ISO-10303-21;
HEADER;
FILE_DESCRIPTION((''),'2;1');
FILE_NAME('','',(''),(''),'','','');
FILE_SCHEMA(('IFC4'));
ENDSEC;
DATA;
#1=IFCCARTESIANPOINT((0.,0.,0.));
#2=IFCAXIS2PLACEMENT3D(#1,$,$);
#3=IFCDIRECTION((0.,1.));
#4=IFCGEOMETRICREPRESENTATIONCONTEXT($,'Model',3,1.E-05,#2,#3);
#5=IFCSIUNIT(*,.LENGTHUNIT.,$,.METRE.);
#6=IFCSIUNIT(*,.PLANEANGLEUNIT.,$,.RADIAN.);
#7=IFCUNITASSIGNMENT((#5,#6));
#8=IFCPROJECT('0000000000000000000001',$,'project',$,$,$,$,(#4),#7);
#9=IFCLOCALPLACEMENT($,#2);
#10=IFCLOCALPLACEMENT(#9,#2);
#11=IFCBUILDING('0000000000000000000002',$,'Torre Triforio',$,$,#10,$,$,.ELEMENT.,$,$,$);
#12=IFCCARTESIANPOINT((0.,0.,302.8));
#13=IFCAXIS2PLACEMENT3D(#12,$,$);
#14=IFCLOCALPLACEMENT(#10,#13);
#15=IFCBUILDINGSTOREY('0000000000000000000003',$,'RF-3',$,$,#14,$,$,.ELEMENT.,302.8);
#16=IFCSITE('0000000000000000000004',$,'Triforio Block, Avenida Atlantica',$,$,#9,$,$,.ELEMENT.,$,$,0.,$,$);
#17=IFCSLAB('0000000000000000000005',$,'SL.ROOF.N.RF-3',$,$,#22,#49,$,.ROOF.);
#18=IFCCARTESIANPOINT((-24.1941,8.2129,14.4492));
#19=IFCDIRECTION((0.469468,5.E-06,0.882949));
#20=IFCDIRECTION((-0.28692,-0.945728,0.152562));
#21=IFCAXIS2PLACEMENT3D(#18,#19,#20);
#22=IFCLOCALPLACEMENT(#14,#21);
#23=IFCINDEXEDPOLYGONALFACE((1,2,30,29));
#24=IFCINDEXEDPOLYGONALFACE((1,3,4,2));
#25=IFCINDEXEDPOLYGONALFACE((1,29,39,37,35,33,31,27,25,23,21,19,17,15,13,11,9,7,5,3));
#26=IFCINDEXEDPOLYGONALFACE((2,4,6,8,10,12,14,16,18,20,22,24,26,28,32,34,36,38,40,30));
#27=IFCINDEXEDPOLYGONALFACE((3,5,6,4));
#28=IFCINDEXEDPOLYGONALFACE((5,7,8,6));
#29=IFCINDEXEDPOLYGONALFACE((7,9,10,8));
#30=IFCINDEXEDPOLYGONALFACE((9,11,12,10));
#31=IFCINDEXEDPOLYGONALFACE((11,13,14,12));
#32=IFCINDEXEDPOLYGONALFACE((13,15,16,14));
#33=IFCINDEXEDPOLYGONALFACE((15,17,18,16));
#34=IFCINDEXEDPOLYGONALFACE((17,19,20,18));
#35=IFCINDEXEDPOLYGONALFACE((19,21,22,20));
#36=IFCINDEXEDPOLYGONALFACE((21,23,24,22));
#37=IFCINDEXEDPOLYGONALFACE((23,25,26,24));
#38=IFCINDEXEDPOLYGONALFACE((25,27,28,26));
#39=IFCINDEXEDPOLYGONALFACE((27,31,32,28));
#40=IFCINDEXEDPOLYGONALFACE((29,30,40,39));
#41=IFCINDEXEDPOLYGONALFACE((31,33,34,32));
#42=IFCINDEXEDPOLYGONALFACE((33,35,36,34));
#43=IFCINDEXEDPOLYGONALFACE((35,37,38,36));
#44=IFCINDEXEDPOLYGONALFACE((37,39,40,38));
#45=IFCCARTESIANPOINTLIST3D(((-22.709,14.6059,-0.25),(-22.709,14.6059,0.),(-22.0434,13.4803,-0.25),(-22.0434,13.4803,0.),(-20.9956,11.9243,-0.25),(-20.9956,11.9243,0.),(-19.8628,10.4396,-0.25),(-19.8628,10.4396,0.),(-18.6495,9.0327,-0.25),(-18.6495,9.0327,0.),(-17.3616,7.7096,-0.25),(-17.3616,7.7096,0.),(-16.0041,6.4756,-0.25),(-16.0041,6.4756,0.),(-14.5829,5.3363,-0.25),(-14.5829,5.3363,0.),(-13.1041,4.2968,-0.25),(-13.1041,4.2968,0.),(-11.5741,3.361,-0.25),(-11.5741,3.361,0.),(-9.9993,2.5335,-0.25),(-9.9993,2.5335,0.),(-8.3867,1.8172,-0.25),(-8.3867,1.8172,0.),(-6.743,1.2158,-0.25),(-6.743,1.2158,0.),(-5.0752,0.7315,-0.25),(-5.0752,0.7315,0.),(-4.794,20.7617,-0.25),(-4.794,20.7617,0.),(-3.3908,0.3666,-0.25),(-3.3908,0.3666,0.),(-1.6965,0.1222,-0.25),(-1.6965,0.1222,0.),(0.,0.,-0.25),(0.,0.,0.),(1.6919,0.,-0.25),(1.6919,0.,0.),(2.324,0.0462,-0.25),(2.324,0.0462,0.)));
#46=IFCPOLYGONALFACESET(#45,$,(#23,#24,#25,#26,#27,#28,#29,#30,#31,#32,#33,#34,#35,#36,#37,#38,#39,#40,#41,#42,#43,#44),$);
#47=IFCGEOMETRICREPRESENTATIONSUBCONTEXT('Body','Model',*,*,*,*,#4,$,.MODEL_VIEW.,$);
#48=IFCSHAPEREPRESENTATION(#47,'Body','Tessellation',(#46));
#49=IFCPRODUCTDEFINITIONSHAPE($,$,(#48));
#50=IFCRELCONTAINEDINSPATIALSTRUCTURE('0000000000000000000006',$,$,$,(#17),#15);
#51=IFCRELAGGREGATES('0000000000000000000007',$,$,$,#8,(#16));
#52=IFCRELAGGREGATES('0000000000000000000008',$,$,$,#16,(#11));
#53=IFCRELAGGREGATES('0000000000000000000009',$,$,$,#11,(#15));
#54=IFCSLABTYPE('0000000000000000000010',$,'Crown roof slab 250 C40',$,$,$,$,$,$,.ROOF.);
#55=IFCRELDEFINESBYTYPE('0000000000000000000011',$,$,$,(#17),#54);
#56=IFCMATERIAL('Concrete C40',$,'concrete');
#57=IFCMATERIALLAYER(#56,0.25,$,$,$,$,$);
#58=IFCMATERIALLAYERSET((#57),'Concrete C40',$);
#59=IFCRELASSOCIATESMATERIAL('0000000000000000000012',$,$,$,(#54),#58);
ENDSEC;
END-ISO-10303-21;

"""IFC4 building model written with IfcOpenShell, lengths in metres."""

from ifc_helpers import new_model, si_unit, direction, frame, origin, place, context, subcontext, project, spatial, polyline, outline, extrude, material, layer, layer_set, type_object, element, save


model = new_model("IFC4")

# Units and contexts
model_context = context("Model", 3, precision=1e-05, world=origin(), true_north=direction((0.0, 1.0)))
body_context = subcontext(model_context, "Body", "Model", "MODEL_VIEW")
ifc_project = project(units=[si_unit("LENGTHUNIT", "METRE"), si_unit("PLANEANGLEUNIT", "RADIAN")], contexts=[model_context])

# Site, building, storey
site_placement = place(None, origin())
site = spatial("IfcSite", under=ifc_project, at=site_placement, Name="Triforio Block, Avenida Atlantica", CompositionType="ELEMENT", RefElevation=0.0)
building_placement = place(site_placement, origin())
building = spatial("IfcBuilding", under=site, at=building_placement, Name="Torre Triforio", CompositionType="ELEMENT")
storey_placement = place(building_placement, frame((0.0, 0.0, 302.8)))
storey = spatial("IfcBuildingStorey", under=building, at=storey_placement, Name="RF-3", CompositionType="ELEMENT", Elevation=302.8)

# Shared definitions
ifc_material_1 = material(Name="Concrete C40", Category="concrete")

# Slab
ifc_layer_1 = layer(ifc_material_1, 0.25)
ifc_layer_set_1 = layer_set([ifc_layer_1], Name="Concrete C40")
slab_type_1 = type_object("IfcSlabType", Name="Crown roof slab 250 C40", PredefinedType="ROOF", material=ifc_layer_set_1)
slab_1_placement = place(storey_placement, frame((-24.1941, 8.2129, 14.4492), z_axis=(0.469468, 0.000005, 0.882949), x_axis=(-0.28692, -0.945728, 0.152562)))
element("IfcSlab", 1, at=slab_1_placement, inside=storey, type_object=slab_type_1, Name="SL.ROOF.N.RF-3", PredefinedType="ROOF", context=body_context, shape_type="SweptSolid", body=[
    extrude(outline(polyline([(0.0, 0.0), (1.6919, 0.0), (2.324, 0.0462), (-4.794, 20.7617), (-22.709, 14.6059), (-22.0434, 13.4803), (-20.9956, 11.9243), (-19.8628, 10.4396), (-18.6495, 9.0327), (-17.3616, 7.7096), (-16.0041, 6.4756), (-14.5829, 5.3363), (-13.1041, 4.2968), (-11.5741, 3.361), (-9.9993, 2.5335), (-8.3867, 1.8172), (-6.743, 1.2158), (-5.0752, 0.7315), (-3.3908, 0.3666), (-1.6965, 0.1222), (0.0, 0.0)])), origin(), (0.0, 0.0, -1.0), 0.25),
])

save(model, "model.ifc")
